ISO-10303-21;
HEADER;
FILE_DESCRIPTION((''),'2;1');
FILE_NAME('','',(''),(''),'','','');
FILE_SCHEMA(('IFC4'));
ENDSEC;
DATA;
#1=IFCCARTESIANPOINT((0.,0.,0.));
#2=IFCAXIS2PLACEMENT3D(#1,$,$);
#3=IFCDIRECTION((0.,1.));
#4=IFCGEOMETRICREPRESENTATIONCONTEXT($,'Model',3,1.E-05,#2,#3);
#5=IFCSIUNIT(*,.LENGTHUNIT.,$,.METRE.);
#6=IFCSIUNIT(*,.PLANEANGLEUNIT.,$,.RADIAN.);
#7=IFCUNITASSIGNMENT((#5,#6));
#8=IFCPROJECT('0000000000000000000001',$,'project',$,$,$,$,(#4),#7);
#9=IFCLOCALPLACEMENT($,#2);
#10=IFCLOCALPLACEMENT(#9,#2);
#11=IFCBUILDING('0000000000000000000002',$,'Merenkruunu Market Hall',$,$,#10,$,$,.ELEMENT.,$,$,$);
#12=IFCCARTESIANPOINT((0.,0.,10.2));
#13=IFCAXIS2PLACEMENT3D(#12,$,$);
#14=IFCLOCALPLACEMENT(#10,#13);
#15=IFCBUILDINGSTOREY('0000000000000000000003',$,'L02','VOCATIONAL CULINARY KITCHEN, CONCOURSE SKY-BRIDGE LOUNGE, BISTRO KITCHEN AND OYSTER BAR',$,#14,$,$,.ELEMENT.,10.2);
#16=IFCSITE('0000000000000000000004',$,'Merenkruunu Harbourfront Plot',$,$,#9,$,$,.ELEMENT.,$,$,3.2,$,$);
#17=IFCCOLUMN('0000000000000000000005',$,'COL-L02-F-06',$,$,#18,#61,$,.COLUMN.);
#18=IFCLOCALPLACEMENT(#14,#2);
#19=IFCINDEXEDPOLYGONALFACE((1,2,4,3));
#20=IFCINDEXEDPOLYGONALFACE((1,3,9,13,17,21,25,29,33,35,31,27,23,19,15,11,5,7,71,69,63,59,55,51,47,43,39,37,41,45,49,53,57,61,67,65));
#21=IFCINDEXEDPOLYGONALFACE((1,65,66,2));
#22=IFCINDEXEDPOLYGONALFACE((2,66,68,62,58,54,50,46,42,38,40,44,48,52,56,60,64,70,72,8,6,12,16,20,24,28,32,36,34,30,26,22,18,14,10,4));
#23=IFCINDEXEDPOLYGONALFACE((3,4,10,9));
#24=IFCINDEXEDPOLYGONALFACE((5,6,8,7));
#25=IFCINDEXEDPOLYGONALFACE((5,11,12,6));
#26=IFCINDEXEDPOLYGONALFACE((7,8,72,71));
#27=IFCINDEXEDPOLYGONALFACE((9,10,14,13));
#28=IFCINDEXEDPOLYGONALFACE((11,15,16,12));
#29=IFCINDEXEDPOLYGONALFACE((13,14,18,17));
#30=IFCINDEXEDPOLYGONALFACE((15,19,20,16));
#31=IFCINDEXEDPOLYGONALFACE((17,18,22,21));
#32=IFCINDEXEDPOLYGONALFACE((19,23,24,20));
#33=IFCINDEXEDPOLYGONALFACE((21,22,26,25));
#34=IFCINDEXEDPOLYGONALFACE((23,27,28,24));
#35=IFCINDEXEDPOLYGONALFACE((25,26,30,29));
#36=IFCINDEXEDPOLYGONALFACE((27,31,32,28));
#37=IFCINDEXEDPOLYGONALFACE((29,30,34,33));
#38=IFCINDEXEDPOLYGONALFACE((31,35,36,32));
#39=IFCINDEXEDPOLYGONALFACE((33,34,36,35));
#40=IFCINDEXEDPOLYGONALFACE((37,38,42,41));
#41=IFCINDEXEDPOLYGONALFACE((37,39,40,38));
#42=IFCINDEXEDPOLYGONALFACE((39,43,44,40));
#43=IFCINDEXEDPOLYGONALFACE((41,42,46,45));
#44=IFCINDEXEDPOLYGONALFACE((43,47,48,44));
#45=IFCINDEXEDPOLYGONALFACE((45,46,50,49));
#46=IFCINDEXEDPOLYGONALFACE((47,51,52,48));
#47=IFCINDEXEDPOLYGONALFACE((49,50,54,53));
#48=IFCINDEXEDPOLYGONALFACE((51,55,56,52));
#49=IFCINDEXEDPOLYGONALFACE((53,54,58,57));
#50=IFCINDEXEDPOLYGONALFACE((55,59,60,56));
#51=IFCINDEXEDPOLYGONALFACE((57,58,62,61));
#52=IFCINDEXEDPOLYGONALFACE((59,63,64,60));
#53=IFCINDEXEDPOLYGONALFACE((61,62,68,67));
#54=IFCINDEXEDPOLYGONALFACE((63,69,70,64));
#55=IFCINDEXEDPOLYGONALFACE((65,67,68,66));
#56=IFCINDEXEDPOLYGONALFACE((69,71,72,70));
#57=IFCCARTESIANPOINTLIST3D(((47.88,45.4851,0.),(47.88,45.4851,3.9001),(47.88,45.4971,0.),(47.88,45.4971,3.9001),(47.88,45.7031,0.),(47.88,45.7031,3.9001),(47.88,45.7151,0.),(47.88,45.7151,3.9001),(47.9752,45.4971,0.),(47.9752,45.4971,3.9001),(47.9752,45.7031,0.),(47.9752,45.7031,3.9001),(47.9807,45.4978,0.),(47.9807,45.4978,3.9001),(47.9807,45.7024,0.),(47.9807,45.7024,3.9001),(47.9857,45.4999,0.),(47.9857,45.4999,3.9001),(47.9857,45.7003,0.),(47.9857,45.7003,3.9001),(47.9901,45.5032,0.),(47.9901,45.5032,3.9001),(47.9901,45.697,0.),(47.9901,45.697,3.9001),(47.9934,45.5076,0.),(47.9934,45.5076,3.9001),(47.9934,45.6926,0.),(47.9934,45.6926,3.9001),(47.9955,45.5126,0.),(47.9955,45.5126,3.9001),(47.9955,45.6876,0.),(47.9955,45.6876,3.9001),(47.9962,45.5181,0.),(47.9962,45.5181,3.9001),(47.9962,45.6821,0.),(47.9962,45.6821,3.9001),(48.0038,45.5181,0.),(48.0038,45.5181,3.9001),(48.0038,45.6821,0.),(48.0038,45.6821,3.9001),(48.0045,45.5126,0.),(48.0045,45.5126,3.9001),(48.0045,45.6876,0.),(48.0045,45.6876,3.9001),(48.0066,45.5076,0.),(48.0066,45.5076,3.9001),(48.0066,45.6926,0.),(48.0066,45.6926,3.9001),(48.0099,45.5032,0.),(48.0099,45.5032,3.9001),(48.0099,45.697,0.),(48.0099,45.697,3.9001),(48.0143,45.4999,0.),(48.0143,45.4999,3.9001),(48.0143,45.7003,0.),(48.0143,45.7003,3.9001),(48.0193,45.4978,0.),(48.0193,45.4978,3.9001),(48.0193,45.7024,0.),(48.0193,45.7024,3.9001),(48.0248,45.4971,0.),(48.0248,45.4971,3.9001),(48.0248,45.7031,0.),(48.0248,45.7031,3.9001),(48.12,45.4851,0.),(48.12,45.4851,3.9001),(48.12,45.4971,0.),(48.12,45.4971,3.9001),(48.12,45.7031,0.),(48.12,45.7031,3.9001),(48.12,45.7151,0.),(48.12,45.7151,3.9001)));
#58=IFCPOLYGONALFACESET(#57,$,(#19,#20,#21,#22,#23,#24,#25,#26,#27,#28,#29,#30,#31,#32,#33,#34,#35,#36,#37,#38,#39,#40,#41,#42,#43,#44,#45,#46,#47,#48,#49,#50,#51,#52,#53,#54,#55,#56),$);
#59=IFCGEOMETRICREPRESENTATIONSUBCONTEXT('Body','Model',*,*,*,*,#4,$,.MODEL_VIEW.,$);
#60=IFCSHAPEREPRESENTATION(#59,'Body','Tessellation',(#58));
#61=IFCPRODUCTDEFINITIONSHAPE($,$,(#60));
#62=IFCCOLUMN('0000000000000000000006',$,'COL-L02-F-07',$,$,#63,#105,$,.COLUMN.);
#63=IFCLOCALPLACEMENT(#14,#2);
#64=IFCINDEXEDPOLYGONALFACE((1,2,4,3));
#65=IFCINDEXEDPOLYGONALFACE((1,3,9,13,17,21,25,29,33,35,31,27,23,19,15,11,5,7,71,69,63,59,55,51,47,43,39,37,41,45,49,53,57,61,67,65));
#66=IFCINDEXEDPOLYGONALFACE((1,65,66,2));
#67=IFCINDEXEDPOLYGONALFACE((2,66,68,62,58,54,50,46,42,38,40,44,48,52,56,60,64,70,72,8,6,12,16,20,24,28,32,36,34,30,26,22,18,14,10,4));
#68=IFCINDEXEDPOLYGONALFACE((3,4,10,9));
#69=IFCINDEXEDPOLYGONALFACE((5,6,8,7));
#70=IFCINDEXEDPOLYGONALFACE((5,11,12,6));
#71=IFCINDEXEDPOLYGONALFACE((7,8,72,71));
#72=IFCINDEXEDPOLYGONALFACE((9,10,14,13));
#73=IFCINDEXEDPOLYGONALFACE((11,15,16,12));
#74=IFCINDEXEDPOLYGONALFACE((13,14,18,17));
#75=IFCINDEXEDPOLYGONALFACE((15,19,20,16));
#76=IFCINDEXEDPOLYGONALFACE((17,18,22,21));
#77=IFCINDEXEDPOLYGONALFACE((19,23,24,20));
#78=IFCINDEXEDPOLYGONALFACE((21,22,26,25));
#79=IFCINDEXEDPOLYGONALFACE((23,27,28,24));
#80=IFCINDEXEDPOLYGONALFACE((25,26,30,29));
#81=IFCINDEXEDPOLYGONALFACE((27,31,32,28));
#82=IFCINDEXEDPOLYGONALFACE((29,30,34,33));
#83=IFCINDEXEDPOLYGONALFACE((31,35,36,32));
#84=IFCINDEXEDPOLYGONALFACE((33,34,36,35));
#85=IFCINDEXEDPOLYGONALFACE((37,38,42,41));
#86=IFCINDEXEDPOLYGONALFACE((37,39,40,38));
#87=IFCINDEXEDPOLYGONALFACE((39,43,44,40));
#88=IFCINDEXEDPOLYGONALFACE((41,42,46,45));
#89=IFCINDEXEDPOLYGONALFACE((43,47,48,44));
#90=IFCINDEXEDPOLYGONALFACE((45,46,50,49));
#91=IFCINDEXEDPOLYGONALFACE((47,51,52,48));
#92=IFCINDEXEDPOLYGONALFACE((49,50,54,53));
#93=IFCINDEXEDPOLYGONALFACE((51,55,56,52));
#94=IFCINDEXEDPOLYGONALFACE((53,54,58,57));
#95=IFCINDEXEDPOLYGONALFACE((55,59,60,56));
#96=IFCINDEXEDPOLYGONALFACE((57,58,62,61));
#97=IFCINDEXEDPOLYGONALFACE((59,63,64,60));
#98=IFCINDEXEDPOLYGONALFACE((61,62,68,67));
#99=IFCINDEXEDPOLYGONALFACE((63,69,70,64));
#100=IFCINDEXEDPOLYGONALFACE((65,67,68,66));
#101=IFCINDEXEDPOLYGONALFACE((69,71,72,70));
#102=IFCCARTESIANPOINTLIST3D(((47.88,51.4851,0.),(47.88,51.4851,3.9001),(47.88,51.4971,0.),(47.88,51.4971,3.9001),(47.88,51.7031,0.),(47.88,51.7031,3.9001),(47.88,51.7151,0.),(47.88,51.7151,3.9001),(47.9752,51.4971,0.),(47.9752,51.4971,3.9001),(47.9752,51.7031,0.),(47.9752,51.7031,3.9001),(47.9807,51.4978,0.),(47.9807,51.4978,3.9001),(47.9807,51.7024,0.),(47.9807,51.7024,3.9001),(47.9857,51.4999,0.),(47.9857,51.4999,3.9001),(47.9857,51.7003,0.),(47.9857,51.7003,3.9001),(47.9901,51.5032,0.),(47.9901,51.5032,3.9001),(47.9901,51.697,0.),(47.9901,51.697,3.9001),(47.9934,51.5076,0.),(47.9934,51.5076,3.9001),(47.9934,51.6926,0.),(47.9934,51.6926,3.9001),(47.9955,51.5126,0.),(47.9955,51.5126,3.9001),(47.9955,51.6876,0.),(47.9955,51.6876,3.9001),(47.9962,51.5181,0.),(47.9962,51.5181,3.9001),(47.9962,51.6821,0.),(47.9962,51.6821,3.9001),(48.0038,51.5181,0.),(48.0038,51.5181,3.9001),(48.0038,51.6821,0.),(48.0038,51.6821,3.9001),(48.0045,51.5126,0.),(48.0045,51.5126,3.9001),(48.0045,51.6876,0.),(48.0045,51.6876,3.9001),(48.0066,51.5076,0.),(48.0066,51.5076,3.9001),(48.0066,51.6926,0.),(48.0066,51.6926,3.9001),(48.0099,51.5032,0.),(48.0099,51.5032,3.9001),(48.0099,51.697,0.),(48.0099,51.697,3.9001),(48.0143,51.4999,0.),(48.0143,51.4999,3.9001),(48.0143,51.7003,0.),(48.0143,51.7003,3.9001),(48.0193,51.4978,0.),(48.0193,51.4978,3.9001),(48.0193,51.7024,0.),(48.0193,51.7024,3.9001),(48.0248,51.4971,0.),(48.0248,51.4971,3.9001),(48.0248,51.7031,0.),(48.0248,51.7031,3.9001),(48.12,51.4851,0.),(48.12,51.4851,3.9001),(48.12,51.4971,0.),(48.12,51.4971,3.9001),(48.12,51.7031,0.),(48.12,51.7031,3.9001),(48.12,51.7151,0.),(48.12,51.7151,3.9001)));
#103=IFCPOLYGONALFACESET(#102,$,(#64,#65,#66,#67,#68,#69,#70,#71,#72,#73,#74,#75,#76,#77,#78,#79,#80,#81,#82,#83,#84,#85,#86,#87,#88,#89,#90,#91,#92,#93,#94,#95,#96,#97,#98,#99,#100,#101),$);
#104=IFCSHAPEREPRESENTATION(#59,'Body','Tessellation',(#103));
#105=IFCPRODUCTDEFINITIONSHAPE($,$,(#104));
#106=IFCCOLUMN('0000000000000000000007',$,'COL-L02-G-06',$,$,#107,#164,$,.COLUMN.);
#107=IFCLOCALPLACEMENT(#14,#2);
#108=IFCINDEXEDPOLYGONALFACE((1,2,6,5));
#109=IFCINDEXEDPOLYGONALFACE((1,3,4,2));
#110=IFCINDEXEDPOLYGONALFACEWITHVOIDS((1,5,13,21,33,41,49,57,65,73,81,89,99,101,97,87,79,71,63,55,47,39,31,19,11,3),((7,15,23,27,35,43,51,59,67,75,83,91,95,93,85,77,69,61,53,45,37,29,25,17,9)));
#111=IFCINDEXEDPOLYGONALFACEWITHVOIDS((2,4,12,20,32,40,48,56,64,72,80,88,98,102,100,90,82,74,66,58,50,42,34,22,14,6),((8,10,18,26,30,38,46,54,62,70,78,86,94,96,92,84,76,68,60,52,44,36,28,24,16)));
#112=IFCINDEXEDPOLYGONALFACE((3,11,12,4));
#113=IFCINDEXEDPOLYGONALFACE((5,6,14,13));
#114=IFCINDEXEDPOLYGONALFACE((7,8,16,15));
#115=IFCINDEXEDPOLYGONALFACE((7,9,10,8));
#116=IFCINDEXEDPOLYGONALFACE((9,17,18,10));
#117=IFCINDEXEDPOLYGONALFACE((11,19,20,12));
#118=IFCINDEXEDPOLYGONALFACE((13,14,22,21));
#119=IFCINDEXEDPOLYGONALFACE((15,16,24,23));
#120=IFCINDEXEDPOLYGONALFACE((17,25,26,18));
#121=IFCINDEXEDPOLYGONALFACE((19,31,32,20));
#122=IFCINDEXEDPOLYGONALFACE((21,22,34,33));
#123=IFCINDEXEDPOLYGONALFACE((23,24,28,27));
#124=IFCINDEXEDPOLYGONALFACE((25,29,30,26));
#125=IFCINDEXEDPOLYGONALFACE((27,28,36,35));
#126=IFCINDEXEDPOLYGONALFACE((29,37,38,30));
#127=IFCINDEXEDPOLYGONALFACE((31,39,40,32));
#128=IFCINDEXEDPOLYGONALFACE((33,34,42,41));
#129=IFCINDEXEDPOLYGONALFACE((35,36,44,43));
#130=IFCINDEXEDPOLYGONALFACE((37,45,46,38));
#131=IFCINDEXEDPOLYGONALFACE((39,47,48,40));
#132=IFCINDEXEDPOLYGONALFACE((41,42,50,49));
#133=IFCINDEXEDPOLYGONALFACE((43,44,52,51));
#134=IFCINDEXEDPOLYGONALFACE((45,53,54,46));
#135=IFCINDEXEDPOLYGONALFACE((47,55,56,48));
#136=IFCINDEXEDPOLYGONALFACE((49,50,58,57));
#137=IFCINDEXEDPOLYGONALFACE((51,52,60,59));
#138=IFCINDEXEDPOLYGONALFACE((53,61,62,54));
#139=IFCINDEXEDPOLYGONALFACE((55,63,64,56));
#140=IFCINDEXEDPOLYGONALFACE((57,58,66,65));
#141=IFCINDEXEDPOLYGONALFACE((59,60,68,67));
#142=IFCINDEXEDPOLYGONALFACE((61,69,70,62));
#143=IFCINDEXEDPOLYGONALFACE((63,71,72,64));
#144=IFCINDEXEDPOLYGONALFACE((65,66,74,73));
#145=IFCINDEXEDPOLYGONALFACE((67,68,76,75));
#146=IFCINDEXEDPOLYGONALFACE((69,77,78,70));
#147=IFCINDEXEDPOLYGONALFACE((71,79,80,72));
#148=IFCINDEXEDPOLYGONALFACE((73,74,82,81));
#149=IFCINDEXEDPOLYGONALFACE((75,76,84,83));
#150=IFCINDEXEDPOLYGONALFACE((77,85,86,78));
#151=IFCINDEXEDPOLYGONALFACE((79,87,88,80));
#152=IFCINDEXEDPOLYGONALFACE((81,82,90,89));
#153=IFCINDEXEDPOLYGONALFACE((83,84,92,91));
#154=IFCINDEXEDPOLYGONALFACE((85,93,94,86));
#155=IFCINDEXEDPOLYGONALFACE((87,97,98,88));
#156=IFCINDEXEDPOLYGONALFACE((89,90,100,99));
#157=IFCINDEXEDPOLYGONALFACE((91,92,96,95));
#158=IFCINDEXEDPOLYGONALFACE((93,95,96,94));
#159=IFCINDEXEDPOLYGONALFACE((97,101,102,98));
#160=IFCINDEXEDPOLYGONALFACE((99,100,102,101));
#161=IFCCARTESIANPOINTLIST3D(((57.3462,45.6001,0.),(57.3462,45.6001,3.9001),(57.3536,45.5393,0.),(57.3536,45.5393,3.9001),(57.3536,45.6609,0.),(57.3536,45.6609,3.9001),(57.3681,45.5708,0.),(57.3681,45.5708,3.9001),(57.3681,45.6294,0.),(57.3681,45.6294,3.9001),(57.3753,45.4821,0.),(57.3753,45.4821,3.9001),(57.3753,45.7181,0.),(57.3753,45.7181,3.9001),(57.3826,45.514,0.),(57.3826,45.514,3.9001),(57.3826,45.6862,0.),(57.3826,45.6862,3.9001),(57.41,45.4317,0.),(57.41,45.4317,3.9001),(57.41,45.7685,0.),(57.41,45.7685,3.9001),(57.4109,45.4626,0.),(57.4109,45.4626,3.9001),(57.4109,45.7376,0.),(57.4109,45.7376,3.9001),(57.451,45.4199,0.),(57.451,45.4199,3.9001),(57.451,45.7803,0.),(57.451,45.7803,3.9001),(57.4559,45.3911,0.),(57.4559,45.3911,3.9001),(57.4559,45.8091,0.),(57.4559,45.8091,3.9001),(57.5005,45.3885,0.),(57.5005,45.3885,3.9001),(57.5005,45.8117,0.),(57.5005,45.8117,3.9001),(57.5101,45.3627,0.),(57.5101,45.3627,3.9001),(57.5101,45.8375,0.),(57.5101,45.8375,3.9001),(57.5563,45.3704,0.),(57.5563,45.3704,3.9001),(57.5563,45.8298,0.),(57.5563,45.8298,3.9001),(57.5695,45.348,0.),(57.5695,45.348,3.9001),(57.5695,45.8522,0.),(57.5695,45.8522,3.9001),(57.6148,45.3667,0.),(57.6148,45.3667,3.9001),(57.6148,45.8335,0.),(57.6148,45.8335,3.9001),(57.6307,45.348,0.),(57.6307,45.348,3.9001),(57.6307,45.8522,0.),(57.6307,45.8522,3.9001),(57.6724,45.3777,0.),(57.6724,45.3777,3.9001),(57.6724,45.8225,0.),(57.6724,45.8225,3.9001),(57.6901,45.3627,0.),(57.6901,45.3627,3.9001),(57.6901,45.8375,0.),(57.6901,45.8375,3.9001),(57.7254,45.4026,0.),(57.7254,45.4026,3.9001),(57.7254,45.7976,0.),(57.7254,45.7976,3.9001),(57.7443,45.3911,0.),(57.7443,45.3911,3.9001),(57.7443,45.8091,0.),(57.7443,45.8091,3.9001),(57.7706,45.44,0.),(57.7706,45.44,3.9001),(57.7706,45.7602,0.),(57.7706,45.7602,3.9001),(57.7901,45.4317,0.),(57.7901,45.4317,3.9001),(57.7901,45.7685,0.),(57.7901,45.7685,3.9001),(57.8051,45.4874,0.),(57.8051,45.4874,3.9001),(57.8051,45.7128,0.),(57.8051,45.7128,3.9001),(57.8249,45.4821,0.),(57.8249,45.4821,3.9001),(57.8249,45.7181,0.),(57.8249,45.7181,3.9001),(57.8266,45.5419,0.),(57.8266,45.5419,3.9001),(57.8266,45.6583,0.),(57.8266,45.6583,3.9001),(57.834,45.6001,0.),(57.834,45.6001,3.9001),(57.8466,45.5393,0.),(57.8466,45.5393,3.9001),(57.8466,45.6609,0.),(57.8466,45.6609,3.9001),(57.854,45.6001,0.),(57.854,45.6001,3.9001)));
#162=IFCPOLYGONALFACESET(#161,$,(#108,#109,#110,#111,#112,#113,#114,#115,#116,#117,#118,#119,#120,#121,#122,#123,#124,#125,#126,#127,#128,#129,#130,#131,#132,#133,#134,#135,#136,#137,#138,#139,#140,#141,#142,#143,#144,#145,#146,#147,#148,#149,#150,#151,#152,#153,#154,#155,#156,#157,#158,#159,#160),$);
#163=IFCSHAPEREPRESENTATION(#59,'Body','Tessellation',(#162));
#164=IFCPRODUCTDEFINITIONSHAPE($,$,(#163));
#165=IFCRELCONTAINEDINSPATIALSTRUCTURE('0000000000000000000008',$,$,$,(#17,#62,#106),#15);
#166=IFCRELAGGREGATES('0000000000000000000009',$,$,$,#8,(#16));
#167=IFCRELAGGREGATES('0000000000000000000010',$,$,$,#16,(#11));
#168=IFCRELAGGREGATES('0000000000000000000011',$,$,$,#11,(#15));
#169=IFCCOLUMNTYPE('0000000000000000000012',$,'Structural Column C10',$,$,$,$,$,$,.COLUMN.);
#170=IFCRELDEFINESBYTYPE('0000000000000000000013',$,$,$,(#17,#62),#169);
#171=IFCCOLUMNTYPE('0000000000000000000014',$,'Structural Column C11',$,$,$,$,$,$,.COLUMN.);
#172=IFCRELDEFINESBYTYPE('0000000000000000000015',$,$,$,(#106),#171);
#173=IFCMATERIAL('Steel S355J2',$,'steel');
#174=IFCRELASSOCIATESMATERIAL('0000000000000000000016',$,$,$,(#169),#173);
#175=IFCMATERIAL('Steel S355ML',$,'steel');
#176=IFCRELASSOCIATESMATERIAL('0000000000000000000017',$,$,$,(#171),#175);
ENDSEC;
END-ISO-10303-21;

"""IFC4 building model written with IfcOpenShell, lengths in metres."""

from ifc_helpers import new_model, si_unit, direction, frame, origin, origin_2d, place, context, subcontext, project, spatial, hollow_circle, i_section, extrude, material, material_profile, profile_set, type_object, element, save


model = new_model("IFC4")

# Units and contexts
model_context = context("Model", 3, precision=1e-05, world=origin(), true_north=direction((0.0, 1.0)))
body_context = subcontext(model_context, "Body", "Model", "MODEL_VIEW")
ifc_project = project(units=[si_unit("LENGTHUNIT", "METRE"), si_unit("PLANEANGLEUNIT", "RADIAN")], contexts=[model_context])

# Site, building, storey
site_placement = place(None, origin())
site = spatial("IfcSite", under=ifc_project, at=site_placement, Name="Merenkruunu Harbourfront Plot", CompositionType="ELEMENT", RefElevation=3.2)
building_placement = place(site_placement, origin())
building = spatial("IfcBuilding", under=site, at=building_placement, Name="Merenkruunu Market Hall", CompositionType="ELEMENT")
storey_placement = place(building_placement, frame((0.0, 0.0, 10.2)))
storey = spatial("IfcBuildingStorey", under=building, at=storey_placement, Name="L02", Description="VOCATIONAL CULINARY KITCHEN, CONCOURSE SKY-BRIDGE LOUNGE, BISTRO KITCHEN AND OYSTER BAR", CompositionType="ELEMENT", Elevation=10.2)

# Columns
ifc_material_1 = material(Name="Steel S355J2", Category="steel")
ifc_material_profile_1 = material_profile(ifc_material_1, i_section(OverallWidth=0.24, OverallDepth=0.23, WebThickness=0.0076, FlangeThickness=0.012, FilletRadius=0.021, at=origin_2d()), Name="HEA 240")
ifc_profile_set_1 = profile_set([ifc_material_profile_1], Name="Steel S355J2")
column_type_1 = type_object("IfcColumnType", Name="Structural Column C10", PredefinedType="COLUMN", material=ifc_profile_set_1)
for number, where, z_axis, x_axis, name in (
    (1, (48.0, 45.6001, 0.0), (0.0, 0.0, 1.0), (1.0, 0.0, 0.0), "COL-L02-F-06"),
    (2, (48.0, 51.6001, 0.0), (0.0, 0.0, 1.0), (1.0, 0.0, 0.0), "COL-L02-F-07"),
):
    element("IfcColumn", number, at=place(storey_placement, frame(where, z_axis=z_axis, x_axis=x_axis)), inside=storey, type_object=column_type_1, Name=name, PredefinedType="COLUMN", context=body_context, shape_type="SweptSolid", body=[
        extrude(i_section(OverallWidth=0.24, OverallDepth=0.23, WebThickness=0.0076, FlangeThickness=0.012, FilletRadius=0.021, at=origin_2d()), origin(), (0.0, 0.0, 1.0), 3.9001),
    ])
ifc_material_2 = material(Name="Steel S355ML", Category="steel")
ifc_material_profile_2 = material_profile(ifc_material_2, hollow_circle(Radius=0.2539, WallThickness=0.02, at=origin_2d()), Name="CHS 508x20")
ifc_profile_set_2 = profile_set([ifc_material_profile_2], Name="Steel S355ML")
column_type_2 = type_object("IfcColumnType", Name="Structural Column C11", PredefinedType="COLUMN", material=ifc_profile_set_2)
column_placement = place(storey_placement, frame((57.6001, 45.6001, 0.0), z_axis=(0.0, 0.0, 1.0), x_axis=(1.0, 0.0, 0.0)))
element("IfcColumn", 3, at=column_placement, inside=storey, type_object=column_type_2, Name="COL-L02-G-06", PredefinedType="COLUMN", context=body_context, shape_type="SweptSolid", body=[
    extrude(hollow_circle(Radius=0.2539, WallThickness=0.02, at=origin_2d()), origin(), (0.0, 0.0, 1.0), 3.9001),
])

save(model, "model.ifc")
